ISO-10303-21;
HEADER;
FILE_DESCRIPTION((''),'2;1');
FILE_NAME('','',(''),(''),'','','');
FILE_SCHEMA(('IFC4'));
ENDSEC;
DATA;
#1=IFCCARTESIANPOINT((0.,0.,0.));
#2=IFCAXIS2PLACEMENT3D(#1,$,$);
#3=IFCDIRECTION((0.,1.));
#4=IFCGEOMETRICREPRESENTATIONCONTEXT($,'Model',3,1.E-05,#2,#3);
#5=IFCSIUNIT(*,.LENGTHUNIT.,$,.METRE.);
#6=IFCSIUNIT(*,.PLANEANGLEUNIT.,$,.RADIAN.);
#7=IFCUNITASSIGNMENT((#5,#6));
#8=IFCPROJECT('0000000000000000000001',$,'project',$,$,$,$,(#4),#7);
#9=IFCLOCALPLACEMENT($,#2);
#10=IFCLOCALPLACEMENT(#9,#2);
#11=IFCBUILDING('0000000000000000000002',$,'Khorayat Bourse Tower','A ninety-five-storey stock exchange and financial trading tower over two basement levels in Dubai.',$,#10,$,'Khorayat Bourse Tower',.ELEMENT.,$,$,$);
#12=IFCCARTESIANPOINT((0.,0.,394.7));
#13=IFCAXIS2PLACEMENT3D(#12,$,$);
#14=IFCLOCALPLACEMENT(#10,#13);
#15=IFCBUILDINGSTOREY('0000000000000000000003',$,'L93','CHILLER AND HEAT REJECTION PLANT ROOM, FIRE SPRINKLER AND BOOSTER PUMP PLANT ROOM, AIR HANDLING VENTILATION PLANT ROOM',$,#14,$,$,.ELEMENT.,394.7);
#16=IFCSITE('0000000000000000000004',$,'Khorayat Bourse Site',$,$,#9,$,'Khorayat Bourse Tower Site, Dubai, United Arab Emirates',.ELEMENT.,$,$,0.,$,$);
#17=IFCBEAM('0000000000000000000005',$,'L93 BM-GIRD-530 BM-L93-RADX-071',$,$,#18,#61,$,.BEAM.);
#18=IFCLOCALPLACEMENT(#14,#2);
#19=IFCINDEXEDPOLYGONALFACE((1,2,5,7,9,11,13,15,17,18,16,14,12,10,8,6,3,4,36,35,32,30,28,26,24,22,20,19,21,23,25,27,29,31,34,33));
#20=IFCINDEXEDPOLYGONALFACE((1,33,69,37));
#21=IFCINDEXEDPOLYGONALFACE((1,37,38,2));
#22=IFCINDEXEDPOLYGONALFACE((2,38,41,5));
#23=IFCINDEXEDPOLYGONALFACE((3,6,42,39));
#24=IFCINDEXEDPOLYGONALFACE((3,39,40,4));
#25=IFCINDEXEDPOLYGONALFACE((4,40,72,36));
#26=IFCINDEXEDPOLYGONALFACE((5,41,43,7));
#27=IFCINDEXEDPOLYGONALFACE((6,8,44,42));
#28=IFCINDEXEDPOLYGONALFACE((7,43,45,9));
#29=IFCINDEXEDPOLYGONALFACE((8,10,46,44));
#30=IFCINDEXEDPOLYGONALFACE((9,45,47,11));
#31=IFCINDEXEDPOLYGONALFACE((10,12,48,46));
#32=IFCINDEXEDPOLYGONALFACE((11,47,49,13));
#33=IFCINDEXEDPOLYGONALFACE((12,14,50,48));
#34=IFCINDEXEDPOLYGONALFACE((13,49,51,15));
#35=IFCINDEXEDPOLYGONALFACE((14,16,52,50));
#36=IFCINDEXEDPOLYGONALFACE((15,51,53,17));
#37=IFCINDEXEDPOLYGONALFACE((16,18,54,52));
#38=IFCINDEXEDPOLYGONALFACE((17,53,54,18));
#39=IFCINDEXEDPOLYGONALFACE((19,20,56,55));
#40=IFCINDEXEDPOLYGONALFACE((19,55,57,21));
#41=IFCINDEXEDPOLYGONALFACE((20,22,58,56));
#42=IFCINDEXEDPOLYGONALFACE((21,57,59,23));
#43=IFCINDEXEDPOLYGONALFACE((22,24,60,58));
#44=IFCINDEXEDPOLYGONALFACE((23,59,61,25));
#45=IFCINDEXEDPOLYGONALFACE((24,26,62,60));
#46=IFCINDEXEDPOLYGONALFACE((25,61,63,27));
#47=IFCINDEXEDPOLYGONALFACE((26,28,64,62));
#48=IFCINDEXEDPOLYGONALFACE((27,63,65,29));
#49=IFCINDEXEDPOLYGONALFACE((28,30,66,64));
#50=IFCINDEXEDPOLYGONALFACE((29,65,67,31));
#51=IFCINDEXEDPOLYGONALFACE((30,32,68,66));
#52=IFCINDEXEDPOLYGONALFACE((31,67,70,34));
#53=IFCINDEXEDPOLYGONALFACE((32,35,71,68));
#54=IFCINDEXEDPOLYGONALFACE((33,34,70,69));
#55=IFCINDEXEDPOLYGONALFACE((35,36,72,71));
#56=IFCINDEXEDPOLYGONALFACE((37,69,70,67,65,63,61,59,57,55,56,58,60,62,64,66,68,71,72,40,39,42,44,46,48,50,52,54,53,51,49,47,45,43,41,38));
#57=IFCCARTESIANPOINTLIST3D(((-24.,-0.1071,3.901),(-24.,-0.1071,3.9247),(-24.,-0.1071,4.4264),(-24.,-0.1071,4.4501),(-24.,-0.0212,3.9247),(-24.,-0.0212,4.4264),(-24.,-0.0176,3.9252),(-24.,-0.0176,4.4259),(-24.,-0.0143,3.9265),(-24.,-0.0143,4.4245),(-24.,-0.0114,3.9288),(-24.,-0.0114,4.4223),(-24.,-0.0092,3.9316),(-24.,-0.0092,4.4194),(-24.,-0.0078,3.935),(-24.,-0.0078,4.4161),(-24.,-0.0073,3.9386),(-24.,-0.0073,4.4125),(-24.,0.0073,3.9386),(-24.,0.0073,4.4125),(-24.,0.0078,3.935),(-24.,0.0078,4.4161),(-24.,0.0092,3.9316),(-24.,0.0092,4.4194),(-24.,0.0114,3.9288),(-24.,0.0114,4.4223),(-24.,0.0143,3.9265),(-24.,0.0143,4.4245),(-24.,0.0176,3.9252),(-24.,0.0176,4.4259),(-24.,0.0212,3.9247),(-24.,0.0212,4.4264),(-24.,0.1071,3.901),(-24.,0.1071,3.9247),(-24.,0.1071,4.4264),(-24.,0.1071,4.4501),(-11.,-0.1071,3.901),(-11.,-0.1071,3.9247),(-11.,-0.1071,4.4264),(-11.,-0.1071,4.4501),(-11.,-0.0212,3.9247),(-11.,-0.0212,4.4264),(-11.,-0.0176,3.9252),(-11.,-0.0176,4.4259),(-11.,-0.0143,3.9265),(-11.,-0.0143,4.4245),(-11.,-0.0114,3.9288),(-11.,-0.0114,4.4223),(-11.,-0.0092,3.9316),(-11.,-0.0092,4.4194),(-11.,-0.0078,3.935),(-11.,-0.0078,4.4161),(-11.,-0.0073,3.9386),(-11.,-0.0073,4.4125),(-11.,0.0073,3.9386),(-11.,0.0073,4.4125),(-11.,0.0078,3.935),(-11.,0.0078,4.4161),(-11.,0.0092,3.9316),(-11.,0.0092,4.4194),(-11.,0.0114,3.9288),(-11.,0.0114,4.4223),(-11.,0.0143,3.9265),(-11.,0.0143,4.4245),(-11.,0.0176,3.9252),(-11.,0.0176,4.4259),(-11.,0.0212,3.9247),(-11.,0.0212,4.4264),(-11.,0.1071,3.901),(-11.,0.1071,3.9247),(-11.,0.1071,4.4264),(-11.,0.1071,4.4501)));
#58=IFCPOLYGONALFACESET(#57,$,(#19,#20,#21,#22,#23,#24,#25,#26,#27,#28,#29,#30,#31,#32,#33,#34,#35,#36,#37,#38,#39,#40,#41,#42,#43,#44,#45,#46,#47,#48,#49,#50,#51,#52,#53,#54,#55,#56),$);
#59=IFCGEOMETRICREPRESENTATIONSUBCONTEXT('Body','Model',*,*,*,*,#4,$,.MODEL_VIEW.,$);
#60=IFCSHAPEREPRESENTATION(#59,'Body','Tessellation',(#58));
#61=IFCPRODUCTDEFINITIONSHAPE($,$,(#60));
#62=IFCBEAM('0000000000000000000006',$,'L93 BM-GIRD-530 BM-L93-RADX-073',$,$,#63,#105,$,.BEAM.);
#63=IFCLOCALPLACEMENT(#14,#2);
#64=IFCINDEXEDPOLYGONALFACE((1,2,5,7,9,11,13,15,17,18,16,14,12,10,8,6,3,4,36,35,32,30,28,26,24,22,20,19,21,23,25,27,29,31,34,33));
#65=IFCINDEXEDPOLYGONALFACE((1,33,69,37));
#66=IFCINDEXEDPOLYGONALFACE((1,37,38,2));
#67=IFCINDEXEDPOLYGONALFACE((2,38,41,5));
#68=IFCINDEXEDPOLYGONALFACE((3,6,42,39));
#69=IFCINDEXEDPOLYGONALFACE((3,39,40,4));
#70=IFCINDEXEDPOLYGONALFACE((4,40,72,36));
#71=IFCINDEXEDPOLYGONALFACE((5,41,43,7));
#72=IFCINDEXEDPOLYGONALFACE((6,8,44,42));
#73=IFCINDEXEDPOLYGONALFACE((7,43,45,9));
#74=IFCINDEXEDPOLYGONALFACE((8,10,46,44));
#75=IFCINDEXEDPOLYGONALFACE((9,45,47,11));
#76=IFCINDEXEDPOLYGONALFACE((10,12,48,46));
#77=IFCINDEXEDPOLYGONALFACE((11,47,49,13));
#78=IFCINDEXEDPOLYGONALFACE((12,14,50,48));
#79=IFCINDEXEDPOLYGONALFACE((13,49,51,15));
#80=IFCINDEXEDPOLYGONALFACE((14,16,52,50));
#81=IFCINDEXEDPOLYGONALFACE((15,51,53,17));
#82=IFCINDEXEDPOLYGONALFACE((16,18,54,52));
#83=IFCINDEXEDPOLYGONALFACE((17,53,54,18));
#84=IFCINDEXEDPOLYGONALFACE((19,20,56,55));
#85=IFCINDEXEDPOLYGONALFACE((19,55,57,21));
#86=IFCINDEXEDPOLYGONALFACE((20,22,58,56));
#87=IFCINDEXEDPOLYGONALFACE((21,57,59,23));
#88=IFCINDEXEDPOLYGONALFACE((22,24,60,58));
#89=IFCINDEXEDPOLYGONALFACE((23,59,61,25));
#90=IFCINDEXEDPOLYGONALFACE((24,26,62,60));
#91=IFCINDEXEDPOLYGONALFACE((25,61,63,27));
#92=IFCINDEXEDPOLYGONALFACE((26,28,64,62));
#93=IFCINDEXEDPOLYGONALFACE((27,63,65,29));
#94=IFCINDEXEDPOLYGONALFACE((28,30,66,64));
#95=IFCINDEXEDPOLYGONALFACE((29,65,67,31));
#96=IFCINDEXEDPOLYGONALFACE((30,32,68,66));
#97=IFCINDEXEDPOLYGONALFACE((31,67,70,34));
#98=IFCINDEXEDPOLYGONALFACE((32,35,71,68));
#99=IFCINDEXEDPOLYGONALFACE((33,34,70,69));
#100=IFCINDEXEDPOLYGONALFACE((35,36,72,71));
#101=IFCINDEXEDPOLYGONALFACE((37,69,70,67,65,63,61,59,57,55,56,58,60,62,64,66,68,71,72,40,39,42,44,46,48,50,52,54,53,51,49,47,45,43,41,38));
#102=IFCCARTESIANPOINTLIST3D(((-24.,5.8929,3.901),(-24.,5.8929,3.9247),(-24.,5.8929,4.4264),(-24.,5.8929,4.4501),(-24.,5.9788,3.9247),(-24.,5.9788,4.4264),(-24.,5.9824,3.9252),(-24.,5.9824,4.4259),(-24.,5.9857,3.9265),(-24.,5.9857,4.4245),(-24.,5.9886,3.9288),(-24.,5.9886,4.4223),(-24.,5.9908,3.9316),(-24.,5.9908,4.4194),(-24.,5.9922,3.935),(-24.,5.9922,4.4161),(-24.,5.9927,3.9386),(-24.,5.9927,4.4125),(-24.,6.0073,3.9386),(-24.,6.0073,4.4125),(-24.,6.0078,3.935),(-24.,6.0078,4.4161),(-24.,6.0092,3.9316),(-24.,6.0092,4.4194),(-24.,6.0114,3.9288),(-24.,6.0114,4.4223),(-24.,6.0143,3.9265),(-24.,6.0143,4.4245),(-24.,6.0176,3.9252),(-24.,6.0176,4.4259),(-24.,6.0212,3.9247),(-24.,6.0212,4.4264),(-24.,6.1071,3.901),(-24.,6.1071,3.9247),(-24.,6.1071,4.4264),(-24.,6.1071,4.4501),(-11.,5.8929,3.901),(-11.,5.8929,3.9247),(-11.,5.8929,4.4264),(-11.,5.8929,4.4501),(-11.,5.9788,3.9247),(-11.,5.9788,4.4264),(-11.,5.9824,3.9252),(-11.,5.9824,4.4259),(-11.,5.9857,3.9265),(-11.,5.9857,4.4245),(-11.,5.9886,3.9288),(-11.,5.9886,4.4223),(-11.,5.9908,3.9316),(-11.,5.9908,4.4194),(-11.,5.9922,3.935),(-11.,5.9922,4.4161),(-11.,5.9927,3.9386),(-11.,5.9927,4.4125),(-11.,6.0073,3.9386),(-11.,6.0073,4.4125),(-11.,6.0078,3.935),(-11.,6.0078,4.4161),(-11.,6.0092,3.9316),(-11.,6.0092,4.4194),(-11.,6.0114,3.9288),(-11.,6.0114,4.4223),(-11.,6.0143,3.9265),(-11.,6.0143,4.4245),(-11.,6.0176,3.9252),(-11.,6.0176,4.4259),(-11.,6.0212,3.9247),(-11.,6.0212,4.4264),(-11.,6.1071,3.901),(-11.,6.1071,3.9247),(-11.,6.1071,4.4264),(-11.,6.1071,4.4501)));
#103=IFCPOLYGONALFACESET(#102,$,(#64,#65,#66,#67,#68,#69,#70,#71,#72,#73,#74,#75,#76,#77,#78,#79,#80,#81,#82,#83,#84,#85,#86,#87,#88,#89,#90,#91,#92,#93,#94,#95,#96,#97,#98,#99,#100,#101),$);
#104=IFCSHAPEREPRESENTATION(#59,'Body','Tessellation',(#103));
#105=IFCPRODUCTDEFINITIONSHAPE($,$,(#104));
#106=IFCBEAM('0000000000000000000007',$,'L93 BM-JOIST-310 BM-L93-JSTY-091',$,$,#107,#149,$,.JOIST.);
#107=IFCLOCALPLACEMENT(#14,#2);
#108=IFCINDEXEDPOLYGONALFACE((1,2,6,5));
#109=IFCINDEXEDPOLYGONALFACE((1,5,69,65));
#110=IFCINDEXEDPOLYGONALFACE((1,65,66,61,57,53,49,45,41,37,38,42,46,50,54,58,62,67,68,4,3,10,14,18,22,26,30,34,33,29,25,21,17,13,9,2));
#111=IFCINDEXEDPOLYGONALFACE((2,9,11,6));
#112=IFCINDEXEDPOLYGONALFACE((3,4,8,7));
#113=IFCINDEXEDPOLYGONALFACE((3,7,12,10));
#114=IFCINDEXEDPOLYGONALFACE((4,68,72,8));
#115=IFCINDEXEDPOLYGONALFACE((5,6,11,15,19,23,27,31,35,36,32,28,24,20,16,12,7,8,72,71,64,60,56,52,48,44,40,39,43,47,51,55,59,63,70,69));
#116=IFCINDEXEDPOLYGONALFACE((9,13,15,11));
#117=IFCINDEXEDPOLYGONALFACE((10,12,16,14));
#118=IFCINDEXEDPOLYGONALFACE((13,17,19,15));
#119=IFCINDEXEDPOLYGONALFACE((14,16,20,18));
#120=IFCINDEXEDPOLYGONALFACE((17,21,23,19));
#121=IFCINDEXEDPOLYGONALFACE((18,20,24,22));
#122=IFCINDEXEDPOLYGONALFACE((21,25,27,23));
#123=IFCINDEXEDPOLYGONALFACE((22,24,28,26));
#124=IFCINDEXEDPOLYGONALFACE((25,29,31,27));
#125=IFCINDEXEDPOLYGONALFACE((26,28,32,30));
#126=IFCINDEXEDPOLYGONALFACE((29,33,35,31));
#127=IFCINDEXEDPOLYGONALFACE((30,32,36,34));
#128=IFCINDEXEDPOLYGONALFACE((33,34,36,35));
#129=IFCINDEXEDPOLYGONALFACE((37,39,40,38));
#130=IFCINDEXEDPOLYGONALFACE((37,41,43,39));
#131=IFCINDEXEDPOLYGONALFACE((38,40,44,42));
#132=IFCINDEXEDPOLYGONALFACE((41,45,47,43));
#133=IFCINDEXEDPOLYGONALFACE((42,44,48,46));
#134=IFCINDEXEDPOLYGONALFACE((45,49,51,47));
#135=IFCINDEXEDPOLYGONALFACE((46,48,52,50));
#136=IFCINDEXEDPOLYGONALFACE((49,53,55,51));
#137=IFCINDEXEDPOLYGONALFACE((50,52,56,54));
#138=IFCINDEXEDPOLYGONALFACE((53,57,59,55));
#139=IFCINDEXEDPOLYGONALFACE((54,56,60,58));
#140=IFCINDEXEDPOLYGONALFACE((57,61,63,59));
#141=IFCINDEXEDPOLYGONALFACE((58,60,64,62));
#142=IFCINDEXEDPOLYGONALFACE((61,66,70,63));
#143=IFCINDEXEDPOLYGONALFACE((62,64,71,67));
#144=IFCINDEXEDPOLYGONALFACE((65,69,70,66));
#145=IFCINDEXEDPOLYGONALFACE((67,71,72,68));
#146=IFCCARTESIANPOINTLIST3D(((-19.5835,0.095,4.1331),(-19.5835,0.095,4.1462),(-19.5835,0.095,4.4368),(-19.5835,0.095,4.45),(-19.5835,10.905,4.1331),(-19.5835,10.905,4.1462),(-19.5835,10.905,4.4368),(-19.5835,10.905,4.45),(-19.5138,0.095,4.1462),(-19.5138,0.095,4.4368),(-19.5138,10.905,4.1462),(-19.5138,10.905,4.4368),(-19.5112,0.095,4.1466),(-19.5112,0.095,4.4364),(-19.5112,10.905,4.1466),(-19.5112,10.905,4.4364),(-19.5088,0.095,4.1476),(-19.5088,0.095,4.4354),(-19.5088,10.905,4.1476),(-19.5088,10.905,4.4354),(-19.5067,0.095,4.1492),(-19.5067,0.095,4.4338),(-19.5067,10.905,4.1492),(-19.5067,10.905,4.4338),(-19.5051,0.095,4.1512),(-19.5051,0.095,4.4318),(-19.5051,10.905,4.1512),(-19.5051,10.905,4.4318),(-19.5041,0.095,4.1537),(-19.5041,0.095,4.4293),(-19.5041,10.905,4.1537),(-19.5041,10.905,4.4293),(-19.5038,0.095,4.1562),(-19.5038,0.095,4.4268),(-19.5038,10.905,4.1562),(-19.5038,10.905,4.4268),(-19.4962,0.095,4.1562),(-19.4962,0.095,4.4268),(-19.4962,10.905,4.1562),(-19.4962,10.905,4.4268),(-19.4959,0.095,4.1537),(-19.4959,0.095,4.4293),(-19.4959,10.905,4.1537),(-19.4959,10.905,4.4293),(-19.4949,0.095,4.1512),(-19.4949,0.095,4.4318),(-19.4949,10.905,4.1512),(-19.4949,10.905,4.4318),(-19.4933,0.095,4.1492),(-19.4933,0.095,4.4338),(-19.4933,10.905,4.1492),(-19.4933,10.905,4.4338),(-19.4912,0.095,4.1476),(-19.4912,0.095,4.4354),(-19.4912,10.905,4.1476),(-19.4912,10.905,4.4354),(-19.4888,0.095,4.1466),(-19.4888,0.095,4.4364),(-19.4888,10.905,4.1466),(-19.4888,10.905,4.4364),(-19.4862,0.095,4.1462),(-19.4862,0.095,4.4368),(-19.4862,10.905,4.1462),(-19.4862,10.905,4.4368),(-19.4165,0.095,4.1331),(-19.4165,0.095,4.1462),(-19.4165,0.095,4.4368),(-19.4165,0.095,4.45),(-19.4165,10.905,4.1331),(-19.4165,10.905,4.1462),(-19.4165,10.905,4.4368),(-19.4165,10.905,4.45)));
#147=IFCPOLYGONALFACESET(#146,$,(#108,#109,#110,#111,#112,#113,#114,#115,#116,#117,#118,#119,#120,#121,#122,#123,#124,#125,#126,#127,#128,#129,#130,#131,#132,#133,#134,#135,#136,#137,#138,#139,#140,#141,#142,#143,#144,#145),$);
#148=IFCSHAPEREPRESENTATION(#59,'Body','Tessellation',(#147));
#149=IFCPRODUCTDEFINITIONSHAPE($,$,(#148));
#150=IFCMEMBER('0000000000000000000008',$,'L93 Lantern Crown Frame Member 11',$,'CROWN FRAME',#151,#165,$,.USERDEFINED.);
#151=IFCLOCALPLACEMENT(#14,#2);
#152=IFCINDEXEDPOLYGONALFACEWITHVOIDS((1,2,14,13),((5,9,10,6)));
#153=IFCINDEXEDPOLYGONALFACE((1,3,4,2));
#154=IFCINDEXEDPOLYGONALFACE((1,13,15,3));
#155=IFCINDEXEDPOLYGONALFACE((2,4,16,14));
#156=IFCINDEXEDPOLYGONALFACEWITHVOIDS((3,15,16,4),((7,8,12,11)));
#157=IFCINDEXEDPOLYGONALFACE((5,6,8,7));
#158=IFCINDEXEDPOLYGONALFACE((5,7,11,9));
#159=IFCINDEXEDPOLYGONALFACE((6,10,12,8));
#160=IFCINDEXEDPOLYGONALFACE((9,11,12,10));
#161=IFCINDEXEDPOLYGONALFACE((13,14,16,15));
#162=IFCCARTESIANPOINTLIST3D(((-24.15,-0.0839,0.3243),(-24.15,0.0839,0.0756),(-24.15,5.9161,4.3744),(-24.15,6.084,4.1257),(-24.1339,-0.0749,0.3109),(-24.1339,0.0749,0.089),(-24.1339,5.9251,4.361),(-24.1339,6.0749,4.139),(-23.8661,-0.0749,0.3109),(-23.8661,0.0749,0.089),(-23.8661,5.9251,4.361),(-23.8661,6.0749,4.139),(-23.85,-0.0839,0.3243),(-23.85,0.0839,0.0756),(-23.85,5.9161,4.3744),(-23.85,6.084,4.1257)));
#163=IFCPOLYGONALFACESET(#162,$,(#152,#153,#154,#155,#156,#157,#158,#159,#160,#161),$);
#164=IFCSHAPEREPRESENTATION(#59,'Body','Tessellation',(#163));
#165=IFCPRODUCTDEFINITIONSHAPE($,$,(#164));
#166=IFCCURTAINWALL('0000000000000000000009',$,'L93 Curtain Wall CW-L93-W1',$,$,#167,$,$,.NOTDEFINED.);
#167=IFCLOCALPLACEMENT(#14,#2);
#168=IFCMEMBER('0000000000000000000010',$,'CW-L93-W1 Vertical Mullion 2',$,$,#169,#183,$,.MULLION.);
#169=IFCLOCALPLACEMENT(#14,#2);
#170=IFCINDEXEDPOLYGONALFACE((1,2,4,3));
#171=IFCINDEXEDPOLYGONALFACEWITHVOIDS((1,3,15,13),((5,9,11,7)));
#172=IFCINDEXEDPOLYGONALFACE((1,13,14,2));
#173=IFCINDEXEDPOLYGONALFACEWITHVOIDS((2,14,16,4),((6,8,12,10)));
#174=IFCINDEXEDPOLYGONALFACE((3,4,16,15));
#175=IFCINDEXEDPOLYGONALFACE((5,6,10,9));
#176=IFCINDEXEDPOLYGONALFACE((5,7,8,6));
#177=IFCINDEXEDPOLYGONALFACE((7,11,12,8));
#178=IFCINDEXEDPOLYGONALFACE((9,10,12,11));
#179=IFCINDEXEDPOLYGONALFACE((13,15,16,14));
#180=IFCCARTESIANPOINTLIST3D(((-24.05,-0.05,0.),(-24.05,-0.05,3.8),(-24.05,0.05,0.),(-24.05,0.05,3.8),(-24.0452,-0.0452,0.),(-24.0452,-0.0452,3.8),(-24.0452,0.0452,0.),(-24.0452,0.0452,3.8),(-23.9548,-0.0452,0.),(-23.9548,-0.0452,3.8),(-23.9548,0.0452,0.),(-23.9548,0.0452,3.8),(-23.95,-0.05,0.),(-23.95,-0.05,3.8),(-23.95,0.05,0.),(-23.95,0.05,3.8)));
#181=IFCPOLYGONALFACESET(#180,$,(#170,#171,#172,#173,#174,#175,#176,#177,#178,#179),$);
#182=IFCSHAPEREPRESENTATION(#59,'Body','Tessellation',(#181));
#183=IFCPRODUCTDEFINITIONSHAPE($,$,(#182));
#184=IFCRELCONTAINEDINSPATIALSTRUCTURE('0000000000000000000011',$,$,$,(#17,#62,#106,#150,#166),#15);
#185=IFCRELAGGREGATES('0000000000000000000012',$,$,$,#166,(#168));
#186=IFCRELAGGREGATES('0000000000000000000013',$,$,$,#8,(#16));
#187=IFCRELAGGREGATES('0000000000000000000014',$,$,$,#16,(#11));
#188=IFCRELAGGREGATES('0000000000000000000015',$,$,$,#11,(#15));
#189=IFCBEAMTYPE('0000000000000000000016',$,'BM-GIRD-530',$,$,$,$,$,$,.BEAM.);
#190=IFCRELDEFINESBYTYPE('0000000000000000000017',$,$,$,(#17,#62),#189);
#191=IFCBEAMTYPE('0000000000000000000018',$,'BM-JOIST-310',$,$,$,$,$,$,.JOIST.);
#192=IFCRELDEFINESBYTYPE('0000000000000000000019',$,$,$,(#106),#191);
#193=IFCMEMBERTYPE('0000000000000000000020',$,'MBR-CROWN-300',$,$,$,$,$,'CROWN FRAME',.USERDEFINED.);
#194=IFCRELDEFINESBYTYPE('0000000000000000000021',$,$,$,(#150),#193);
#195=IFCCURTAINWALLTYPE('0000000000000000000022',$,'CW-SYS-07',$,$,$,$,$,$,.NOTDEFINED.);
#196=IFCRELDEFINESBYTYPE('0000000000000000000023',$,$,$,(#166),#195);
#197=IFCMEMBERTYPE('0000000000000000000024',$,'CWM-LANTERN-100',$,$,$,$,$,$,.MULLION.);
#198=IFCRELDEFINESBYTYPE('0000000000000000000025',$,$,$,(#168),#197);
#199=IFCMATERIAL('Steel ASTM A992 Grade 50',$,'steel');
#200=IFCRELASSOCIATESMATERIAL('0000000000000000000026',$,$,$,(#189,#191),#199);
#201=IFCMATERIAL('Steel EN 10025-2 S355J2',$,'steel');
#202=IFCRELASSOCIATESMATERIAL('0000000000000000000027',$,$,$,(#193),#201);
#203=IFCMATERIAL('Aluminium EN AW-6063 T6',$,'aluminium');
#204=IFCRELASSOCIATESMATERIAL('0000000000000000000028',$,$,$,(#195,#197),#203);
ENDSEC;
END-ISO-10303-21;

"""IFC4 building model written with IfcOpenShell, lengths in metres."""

from ifc_helpers import new_model, si_unit, direction, frame, origin, origin_2d, place, context, subcontext, project, spatial, hollow_rectangle, i_section, extrude, source, transform, mapped, material, material_profile, profile_set, type_object, element, aggregate, save


model = new_model("IFC4")

# Units and contexts
model_context = context("Model", 3, precision=1e-05, world=origin(), true_north=direction((0.0, 1.0)))
body_context = subcontext(model_context, "Body", "Model", "MODEL_VIEW")
ifc_project = project(units=[si_unit("LENGTHUNIT", "METRE"), si_unit("PLANEANGLEUNIT", "RADIAN")], contexts=[model_context])

# Site, building, storey
site_placement = place(None, origin())
site = spatial("IfcSite", under=ifc_project, at=site_placement, Name="Khorayat Bourse Site", LongName="Khorayat Bourse Tower Site, Dubai, United Arab Emirates", CompositionType="ELEMENT", RefElevation=0.0)
building_placement = place(site_placement, origin())
building = spatial("IfcBuilding", under=site, at=building_placement, Name="Khorayat Bourse Tower", Description="A ninety-five-storey stock exchange and financial trading tower over two basement levels in Dubai.", LongName="Khorayat Bourse Tower", CompositionType="ELEMENT")
storey_placement = place(building_placement, frame((0.0, 0.0, 394.7)))
storey = spatial("IfcBuildingStorey", under=building, at=storey_placement, Name="L93", Description="CHILLER AND HEAT REJECTION PLANT ROOM, FIRE SPRINKLER AND BOOSTER PUMP PLANT ROOM, AIR HANDLING VENTILATION PLANT ROOM", CompositionType="ELEMENT", Elevation=394.7)

# Shared definitions
ifc_material_1 = material(Name="Steel EN 10025-2 S355J2", Category="steel")

# Beams
ifc_material_2 = material(Name="Steel ASTM A992 Grade 50", Category="steel")
ifc_material_profile_1 = material_profile(ifc_material_2, i_section(OverallWidth=0.2141, OverallDepth=0.5491, WebThickness=0.0146, FlangeThickness=0.0237, FilletRadius=0.0139, at=origin_2d()), Name="W530X138")
ifc_profile_set_1 = profile_set([ifc_material_profile_1], Name="Steel ASTM A992 Grade 50")
beam_type_1 = type_object("IfcBeamType", Name="BM-GIRD-530", PredefinedType="BEAM", material=ifc_profile_set_1)
shared_shape_1 = source(origin(), body_context, "Body", "SweptSolid", [
    extrude(i_section(OverallWidth=0.2141, OverallDepth=0.5491, WebThickness=0.0146, FlangeThickness=0.0237, FilletRadius=0.0139, at=origin_2d()), origin(), (0.0, 0.0, 1.0), 13.0),
])
for number, where, z_axis, x_axis, name in (
    (1, (-24.0, 0.0, 4.1755), (1.0, 0.0, 0.0), (0.0, 1.0, 0.0), "L93 BM-GIRD-530 BM-L93-RADX-071"),
    (2, (-24.0, 6.0, 4.1755), (1.0, 0.0, 0.0), (0.0, 1.0, 0.0), "L93 BM-GIRD-530 BM-L93-RADX-073"),
):
    element("IfcBeam", number, at=place(storey_placement, frame(where, z_axis=z_axis, x_axis=x_axis)), inside=storey, type_object=beam_type_1, Name=name, PredefinedType="BEAM", context=body_context, shape_type="MappedRepresentation", body=[
        mapped(shared_shape_1, transform((0.0, 0.0, 0.0), scale=1.0)),
    ])
ifc_material_profile_2 = material_profile(ifc_material_2, i_section(OverallWidth=0.167, OverallDepth=0.3169, WebThickness=0.0076, FlangeThickness=0.0132, FilletRadius=0.01, at=origin_2d()), Name="W310X52")
ifc_profile_set_2 = profile_set([ifc_material_profile_2], Name="Steel ASTM A992 Grade 50")
beam_type_2 = type_object("IfcBeamType", Name="BM-JOIST-310", PredefinedType="JOIST", material=ifc_profile_set_2)
shared_shape_2 = source(origin(), body_context, "Body", "SweptSolid", [
    extrude(i_section(OverallWidth=0.167, OverallDepth=0.3169, WebThickness=0.0076, FlangeThickness=0.0132, FilletRadius=0.01, at=origin_2d()), origin(), (0.0, 0.0, 1.0), 10.8101),
])
beam_1_placement = place(storey_placement, frame((-19.5, 0.095, 4.2915), z_axis=(0.0, 1.0, 0.0), x_axis=(-1.0, 0.0, 0.0)))
element("IfcBeam", 3, at=beam_1_placement, inside=storey, type_object=beam_type_2, Name="L93 BM-JOIST-310 BM-L93-JSTY-091", PredefinedType="JOIST", context=body_context, shape_type="MappedRepresentation", body=[
    mapped(shared_shape_2, transform((0.0, 0.0, 0.0), scale=1.0)),
])

# Member
ifc_material_profile_3 = material_profile(ifc_material_1, hollow_rectangle(XDim=0.3, YDim=0.3, WallThickness=0.0161, at=origin_2d()), Name="HSS 300x300x16")
ifc_profile_set_3 = profile_set([ifc_material_profile_3], Name="Steel EN 10025-2 S355J2")
member_type_1 = type_object("IfcMemberType", Name="MBR-CROWN-300", ElementType="CROWN FRAME", PredefinedType="USERDEFINED", material=ifc_profile_set_3)
shared_shape_3 = source(origin(), body_context, "Body", "SweptSolid", [
    extrude(hollow_rectangle(XDim=0.3, YDim=0.3, WallThickness=0.0161, at=origin_2d()), origin(), (0.0, 0.0, 1.0), 7.239),
])
member_1_placement = place(storey_placement, frame((-24.0, 0.0, 0.2), z_axis=(0.0, 0.828846, 0.559477), x_axis=(-1.0, 0.0, 0.0)))
element("IfcMember", 4, at=member_1_placement, inside=storey, type_object=member_type_1, Name="L93 Lantern Crown Frame Member 11", ObjectType="CROWN FRAME", PredefinedType="USERDEFINED", context=body_context, shape_type="MappedRepresentation", body=[
    mapped(shared_shape_3, transform((0.0, 0.0, 0.0), scale=1.0)),
])

# Curtain wall, member
ifc_material_3 = material(Name="Aluminium EN AW-6063 T6", Category="aluminium")
curtain_wall_type = type_object("IfcCurtainWallType", Name="CW-SYS-07", PredefinedType="NOTDEFINED", material=ifc_material_3)
curtain_wall_placement = place(storey_placement, origin())
curtain_wall = element("IfcCurtainWall", 5, at=curtain_wall_placement, inside=storey, type_object=curtain_wall_type, Name="L93 Curtain Wall CW-L93-W1", PredefinedType="NOTDEFINED")
ifc_material_profile_4 = material_profile(ifc_material_3, hollow_rectangle(XDim=0.1001, YDim=0.1001, WallThickness=0.0049, at=origin_2d()), Name="ALU 100x100x5")
ifc_profile_set_4 = profile_set([ifc_material_profile_4], Name="Aluminium EN AW-6063 T6")
member_type_2 = type_object("IfcMemberType", Name="CWM-LANTERN-100", PredefinedType="MULLION", material=ifc_profile_set_4)
shared_shape_4 = source(origin(), body_context, "Body", "SweptSolid", [
    extrude(hollow_rectangle(XDim=0.1001, YDim=0.1001, WallThickness=0.0049, at=origin_2d()), origin(), (0.0, 0.0, 1.0), 3.8),
])
member_2_placement = place(storey_placement, frame((-24.0, 0.0, 0.0), z_axis=(0.0, 0.0, 1.0), x_axis=(-1.0, 0.0, 0.0)))
member_2 = element("IfcMember", 6, at=member_2_placement, type_object=member_type_2, Name="CW-L93-W1 Vertical Mullion 2", PredefinedType="MULLION", context=body_context, shape_type="MappedRepresentation", body=[
    mapped(shared_shape_4, transform((0.0, 0.0, 0.0), scale=1.0)),
])

aggregate(curtain_wall, [member_2])

save(model, "model.ifc")
